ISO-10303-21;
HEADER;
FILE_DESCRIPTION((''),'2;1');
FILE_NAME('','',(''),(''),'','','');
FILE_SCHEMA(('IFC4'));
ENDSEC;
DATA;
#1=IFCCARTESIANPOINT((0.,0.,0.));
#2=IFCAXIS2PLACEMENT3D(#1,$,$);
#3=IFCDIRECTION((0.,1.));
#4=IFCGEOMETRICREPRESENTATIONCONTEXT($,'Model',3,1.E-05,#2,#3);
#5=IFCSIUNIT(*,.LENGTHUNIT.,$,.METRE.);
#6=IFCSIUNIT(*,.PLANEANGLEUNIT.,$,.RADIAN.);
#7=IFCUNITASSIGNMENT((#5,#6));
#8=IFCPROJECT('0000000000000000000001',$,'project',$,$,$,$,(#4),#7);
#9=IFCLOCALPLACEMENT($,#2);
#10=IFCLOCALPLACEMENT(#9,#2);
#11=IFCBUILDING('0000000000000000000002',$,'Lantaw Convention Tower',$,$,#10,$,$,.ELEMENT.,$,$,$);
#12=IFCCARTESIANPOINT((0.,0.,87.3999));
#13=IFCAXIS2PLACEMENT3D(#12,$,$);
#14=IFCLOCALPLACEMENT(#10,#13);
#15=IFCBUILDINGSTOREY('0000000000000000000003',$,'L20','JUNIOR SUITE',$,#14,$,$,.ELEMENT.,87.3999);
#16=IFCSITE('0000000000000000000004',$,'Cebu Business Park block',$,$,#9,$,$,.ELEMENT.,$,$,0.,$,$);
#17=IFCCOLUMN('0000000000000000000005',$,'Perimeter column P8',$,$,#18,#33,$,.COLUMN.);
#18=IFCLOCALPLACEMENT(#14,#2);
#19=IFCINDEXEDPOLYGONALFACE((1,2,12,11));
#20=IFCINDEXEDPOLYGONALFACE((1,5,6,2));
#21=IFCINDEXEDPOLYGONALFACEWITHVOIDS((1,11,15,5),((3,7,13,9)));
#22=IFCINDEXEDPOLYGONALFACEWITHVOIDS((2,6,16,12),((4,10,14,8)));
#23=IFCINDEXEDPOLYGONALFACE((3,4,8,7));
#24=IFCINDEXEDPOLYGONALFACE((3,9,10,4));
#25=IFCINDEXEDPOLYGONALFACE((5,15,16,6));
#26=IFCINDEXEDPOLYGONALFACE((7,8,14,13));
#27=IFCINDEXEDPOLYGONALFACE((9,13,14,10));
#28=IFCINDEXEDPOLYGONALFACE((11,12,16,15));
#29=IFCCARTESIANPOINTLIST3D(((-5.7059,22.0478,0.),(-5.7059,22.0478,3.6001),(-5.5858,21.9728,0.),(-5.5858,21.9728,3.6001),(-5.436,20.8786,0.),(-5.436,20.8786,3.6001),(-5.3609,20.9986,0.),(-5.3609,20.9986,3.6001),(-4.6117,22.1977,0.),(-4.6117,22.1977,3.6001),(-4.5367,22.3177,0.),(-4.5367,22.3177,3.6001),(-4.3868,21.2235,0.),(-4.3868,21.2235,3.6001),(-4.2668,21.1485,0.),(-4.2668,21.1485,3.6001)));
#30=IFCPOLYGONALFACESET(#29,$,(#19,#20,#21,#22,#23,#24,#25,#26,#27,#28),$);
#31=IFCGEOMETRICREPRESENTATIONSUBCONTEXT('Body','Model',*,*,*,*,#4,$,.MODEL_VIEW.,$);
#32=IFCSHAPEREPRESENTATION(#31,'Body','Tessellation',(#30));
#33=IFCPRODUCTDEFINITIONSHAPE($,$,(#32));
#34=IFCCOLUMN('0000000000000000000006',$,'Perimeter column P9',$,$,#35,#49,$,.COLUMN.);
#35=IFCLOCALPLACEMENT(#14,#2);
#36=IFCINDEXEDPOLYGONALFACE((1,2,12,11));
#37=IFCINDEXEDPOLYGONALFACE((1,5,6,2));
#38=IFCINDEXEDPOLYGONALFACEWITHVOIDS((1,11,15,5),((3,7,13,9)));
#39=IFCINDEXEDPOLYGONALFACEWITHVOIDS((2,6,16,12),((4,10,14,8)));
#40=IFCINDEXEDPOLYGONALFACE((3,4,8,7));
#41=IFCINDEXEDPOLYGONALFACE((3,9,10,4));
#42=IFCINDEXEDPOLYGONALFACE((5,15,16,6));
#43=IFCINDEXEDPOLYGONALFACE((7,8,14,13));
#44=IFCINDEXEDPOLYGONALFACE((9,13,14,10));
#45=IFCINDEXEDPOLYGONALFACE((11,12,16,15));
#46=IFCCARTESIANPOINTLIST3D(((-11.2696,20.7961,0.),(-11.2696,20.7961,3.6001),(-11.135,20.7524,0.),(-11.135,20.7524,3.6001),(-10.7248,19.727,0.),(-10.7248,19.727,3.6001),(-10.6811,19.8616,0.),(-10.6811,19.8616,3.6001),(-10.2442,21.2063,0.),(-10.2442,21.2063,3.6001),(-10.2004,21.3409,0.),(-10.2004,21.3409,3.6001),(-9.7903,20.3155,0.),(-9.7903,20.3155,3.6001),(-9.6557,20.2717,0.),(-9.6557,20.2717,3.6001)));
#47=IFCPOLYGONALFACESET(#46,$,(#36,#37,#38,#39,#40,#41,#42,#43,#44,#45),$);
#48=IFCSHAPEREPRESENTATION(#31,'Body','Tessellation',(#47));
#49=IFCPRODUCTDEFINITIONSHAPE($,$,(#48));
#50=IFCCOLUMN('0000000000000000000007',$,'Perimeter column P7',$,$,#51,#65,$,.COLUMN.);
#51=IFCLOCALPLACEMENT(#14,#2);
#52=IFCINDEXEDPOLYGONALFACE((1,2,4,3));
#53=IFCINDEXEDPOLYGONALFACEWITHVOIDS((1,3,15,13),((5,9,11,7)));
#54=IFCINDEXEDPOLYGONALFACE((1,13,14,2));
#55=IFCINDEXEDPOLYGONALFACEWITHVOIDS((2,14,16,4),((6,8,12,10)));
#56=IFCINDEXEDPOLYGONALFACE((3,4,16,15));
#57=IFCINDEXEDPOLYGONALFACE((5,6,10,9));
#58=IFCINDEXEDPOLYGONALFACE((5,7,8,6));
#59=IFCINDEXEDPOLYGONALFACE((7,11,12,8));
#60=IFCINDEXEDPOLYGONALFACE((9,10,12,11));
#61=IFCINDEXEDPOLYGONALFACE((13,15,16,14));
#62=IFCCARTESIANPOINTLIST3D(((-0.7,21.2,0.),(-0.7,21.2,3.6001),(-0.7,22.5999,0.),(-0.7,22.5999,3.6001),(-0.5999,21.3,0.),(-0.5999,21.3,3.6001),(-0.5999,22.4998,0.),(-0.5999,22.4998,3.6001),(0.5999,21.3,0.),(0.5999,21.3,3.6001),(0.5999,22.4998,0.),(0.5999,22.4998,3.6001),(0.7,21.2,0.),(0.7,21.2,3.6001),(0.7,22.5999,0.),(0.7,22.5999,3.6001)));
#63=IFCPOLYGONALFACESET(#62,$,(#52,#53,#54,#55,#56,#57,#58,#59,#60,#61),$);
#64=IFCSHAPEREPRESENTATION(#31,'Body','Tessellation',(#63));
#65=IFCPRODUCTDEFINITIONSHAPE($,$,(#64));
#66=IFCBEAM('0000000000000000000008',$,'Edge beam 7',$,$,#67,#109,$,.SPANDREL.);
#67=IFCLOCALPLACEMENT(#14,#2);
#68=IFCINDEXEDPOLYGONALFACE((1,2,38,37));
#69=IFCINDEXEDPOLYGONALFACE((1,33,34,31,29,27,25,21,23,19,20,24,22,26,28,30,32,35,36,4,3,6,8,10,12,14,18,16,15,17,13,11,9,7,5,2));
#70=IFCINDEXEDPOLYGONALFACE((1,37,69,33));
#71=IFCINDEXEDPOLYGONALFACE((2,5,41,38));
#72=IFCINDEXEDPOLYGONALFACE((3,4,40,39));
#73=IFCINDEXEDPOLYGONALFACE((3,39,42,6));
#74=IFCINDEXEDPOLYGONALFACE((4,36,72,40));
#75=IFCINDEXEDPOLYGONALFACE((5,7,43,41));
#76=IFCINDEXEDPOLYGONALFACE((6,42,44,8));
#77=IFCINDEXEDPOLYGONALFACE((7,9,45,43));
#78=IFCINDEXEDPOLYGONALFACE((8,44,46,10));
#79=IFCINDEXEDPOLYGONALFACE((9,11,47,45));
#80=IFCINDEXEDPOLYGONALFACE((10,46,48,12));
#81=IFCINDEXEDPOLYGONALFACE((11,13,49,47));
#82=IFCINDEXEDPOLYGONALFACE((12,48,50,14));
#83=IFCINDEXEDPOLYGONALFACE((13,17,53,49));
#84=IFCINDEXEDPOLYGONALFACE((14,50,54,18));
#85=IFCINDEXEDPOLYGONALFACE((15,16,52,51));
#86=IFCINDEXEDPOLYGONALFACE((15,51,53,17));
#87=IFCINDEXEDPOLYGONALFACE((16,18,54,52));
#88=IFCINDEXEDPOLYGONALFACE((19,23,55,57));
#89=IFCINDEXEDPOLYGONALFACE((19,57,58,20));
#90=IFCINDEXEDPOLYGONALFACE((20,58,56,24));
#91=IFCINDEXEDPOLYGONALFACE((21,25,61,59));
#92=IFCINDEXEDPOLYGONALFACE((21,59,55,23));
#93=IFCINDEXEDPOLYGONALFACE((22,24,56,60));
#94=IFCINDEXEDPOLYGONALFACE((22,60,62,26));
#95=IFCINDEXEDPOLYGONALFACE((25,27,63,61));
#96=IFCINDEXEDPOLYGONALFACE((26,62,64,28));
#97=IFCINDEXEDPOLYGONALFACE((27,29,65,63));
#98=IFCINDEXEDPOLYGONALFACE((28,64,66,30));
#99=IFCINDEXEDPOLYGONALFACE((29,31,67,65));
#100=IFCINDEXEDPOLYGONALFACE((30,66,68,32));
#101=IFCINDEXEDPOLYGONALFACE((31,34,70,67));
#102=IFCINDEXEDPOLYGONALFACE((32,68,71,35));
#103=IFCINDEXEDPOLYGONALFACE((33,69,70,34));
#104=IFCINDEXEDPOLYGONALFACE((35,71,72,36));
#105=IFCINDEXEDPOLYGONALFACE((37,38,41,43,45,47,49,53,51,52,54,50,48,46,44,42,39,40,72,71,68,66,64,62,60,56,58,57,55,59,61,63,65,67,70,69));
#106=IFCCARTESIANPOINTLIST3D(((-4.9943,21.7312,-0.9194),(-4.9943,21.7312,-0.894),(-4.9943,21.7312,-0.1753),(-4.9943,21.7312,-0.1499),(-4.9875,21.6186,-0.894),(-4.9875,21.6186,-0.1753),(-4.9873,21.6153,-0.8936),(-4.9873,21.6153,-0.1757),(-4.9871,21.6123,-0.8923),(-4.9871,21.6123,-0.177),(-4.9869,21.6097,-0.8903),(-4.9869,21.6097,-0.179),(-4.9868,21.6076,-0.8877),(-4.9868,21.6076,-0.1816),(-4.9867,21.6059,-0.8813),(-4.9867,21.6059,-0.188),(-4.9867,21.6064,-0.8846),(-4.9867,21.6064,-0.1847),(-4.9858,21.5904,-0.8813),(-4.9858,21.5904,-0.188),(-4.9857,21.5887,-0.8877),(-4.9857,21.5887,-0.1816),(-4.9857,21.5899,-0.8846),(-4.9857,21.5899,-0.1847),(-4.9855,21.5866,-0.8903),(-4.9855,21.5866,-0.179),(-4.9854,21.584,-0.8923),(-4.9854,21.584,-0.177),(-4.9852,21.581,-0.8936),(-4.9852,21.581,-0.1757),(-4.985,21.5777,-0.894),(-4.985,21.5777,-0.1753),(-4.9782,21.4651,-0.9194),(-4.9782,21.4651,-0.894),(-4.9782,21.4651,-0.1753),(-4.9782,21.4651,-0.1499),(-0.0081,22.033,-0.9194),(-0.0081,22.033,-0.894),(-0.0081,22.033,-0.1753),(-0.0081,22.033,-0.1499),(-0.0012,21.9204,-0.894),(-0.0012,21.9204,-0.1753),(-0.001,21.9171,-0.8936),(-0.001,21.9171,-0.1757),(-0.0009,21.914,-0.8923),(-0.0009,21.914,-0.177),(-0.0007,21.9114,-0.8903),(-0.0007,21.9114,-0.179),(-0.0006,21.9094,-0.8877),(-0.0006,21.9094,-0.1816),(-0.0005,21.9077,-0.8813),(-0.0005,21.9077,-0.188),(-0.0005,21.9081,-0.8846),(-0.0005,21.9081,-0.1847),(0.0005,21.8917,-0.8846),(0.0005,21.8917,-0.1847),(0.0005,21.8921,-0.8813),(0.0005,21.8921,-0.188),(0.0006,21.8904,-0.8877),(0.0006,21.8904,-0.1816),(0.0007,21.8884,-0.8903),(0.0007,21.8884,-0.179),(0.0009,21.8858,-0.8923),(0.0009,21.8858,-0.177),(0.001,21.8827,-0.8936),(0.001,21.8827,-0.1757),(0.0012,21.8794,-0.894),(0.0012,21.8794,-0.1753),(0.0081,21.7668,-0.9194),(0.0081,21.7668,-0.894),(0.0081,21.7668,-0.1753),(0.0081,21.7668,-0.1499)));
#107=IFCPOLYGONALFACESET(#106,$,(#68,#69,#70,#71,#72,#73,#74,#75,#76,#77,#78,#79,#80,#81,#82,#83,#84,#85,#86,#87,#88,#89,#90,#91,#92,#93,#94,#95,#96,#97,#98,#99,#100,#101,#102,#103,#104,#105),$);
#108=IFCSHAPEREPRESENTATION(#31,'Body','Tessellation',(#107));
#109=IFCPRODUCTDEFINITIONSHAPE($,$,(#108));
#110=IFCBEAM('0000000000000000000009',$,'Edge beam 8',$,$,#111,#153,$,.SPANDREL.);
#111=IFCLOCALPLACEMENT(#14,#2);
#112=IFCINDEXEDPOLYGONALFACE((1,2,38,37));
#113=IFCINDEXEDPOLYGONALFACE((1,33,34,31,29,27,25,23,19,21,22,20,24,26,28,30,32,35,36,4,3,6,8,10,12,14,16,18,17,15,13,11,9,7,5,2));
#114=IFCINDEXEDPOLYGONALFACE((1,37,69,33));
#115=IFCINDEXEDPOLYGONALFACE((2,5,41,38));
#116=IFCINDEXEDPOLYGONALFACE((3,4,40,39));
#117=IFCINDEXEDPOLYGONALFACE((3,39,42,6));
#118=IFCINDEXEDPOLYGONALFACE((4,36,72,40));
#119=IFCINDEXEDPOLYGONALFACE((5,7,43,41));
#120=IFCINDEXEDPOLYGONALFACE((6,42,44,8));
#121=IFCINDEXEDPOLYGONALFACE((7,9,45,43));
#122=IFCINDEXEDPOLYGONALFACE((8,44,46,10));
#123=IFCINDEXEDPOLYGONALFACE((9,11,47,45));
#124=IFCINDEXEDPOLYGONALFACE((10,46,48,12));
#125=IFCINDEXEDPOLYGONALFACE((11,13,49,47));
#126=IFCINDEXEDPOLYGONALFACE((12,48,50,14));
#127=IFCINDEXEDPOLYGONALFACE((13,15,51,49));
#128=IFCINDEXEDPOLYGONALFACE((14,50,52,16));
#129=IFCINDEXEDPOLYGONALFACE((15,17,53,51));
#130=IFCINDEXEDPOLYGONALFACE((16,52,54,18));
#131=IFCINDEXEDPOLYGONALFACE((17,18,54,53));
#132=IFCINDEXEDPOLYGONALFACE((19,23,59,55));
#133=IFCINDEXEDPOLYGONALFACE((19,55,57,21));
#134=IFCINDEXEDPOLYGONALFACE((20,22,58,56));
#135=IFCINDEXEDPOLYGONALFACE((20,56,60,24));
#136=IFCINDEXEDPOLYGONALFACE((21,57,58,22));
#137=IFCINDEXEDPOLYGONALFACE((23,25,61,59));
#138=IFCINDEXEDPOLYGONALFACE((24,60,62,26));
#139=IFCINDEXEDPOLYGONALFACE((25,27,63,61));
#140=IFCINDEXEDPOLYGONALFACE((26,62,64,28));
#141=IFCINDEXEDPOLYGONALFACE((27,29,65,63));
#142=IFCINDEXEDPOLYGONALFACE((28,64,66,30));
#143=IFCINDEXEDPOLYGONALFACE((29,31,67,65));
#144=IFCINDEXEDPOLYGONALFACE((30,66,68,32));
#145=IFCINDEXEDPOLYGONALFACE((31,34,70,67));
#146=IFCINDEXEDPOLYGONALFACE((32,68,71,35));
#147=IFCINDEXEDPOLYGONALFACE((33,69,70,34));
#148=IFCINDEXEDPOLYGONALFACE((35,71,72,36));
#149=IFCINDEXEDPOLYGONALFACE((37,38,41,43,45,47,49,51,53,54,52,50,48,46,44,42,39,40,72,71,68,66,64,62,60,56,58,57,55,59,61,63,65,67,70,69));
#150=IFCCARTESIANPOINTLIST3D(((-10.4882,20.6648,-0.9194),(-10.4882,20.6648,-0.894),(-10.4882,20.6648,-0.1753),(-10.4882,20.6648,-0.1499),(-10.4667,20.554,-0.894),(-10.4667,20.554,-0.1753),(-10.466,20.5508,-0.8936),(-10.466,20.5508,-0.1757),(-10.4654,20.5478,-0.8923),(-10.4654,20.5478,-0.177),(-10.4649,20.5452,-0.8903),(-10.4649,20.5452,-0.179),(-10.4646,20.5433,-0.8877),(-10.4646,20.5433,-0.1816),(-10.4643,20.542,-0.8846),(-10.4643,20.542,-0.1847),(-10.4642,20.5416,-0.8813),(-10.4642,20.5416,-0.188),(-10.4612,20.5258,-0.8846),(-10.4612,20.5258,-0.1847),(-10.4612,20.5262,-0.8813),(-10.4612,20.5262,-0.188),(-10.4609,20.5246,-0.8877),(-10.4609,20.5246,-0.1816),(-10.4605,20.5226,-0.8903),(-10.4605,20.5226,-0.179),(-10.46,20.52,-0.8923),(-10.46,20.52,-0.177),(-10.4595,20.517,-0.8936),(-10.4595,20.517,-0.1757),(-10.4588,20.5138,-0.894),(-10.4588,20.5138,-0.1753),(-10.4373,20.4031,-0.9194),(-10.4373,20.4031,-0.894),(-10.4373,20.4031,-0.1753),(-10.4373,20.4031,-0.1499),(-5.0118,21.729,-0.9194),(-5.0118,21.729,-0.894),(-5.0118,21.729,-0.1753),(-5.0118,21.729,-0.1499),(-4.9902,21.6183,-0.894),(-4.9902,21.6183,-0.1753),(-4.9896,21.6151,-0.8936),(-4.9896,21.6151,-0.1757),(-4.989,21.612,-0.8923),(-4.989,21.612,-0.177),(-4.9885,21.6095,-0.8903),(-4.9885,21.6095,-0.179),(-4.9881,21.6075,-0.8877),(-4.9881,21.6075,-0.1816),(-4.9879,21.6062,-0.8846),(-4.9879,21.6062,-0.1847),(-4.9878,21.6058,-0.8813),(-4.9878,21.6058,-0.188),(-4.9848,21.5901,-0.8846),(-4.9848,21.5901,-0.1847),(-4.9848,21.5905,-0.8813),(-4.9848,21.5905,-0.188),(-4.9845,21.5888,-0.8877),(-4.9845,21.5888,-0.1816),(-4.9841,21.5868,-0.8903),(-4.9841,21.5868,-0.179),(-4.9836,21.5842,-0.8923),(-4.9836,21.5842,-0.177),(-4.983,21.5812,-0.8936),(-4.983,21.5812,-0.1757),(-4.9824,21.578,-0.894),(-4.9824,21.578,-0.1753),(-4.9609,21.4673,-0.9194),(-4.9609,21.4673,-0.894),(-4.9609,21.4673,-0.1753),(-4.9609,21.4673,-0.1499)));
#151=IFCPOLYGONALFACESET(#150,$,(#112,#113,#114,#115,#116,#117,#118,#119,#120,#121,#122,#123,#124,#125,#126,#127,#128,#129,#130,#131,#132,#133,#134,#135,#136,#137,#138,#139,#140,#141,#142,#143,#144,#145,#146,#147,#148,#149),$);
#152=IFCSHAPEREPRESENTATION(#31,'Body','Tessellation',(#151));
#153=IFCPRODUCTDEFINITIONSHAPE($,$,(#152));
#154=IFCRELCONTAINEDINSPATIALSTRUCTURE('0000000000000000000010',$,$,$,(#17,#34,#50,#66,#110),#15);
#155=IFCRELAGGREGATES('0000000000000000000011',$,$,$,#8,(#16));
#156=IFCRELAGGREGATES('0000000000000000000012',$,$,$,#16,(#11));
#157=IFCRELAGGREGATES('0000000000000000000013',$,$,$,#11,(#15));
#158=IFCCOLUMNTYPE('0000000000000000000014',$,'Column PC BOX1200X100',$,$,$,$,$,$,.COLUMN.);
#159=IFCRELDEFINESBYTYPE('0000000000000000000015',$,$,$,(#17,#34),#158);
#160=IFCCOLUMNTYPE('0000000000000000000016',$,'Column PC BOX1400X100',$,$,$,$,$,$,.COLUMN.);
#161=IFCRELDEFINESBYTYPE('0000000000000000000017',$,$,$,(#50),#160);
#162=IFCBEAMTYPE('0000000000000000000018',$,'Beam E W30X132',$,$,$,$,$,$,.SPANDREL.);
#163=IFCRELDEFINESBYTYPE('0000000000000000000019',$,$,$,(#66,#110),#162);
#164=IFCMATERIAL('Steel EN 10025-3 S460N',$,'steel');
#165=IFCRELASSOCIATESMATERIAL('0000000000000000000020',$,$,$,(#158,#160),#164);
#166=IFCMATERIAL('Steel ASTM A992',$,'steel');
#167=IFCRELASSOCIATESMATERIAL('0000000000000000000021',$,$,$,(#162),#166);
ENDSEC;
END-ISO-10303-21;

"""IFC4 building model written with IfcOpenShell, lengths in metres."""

from ifc_helpers import new_model, si_unit, direction, frame, origin, origin_2d, place, context, subcontext, project, spatial, rectangle, hollow_rectangle, i_section, extrude, material, material_profile, profile_set, type_object, element, save


model = new_model("IFC4")

# Units and contexts
model_context = context("Model", 3, precision=1e-05, world=origin(), true_north=direction((0.0, 1.0)))
body_context = subcontext(model_context, "Body", "Model", "MODEL_VIEW")
ifc_project = project(units=[si_unit("LENGTHUNIT", "METRE"), si_unit("PLANEANGLEUNIT", "RADIAN")], contexts=[model_context])

# Site, building, storey
site_placement = place(None, origin())
site = spatial("IfcSite", under=ifc_project, at=site_placement, Name="Cebu Business Park block", CompositionType="ELEMENT", RefElevation=0.0)
building_placement = place(site_placement, origin())
building = spatial("IfcBuilding", under=site, at=building_placement, Name="Lantaw Convention Tower", CompositionType="ELEMENT")
storey_placement = place(building_placement, frame((0.0, 0.0, 87.3999)))
storey = spatial("IfcBuildingStorey", under=building, at=storey_placement, Name="L20", Description="JUNIOR SUITE", CompositionType="ELEMENT", Elevation=87.3999)

# Columns
ifc_material_1 = material(Name="Steel EN 10025-3 S460N", Category="steel")
ifc_material_profile_1 = material_profile(ifc_material_1, hollow_rectangle(XDim=1.2, YDim=1.2, WallThickness=0.1001, at=origin_2d()), Name="BOX1200X100")
ifc_material_2 = material(Name="Concrete C60/75", Category="concrete")
ifc_material_profile_2 = material_profile(ifc_material_2, rectangle(XDim=1.0, YDim=1.0, at=origin_2d()), Name="Concrete fill of BOX1200X100")
ifc_profile_set_1 = profile_set([ifc_material_profile_1, ifc_material_profile_2], Name="Steel EN 10025-3 S460N")
column_type_1 = type_object("IfcColumnType", Name="Column PC BOX1200X100", PredefinedType="COLUMN", material=ifc_profile_set_1)
for number, where, z_axis, x_axis, name in (
    (1, (-4.9863, 21.5981, 0.0), (0.0, 0.0, 1.0), (0.97437, 0.224951, 0.0), "Perimeter column P8"),
    (2, (-10.4626, 20.5339, 0.0), (0.0, 0.0, 1.0), (0.891007, 0.45399, 0.0), "Perimeter column P9"),
):
    element("IfcColumn", number, at=place(storey_placement, frame(where, z_axis=z_axis, x_axis=x_axis)), inside=storey, type_object=column_type_1, Name=name, PredefinedType="COLUMN", context=body_context, shape_type="SweptSolid", body=[
        extrude(hollow_rectangle(XDim=1.2, YDim=1.2, WallThickness=0.1001, at=origin_2d()), origin(), (0.0, 0.0, 1.0), 3.6001),
    ])
ifc_material_profile_3 = material_profile(ifc_material_1, hollow_rectangle(XDim=1.3999, YDim=1.3999, WallThickness=0.1001, at=origin_2d()), Name="BOX1400X100")
ifc_material_profile_4 = material_profile(ifc_material_2, rectangle(XDim=1.2, YDim=1.2, at=origin_2d()), Name="Concrete fill of BOX1400X100")
ifc_profile_set_2 = profile_set([ifc_material_profile_3, ifc_material_profile_4], Name="Steel EN 10025-3 S460N")
column_type_2 = type_object("IfcColumnType", Name="Column PC BOX1400X100", PredefinedType="COLUMN", material=ifc_profile_set_2)
column_placement = place(storey_placement, frame((0.0, 21.8999, 0.0), z_axis=(0.0, 0.0, 1.0), x_axis=(1.0, 0.0, 0.0)))
element("IfcColumn", 3, at=column_placement, inside=storey, type_object=column_type_2, Name="Perimeter column P7", PredefinedType="COLUMN", context=body_context, shape_type="SweptSolid", body=[
    extrude(hollow_rectangle(XDim=1.3999, YDim=1.3999, WallThickness=0.1001, at=origin_2d()), origin(), (0.0, 0.0, 1.0), 3.6001),
])

# Beams
ifc_material_3 = material(Name="Steel ASTM A992", Category="steel")
ifc_material_profile_5 = material_profile(ifc_material_3, i_section(OverallWidth=0.2666, OverallDepth=0.7695, WebThickness=0.0156, FlangeThickness=0.0254, FilletRadius=0.0127, at=origin_2d()), Name="W30X132")
ifc_profile_set_3 = profile_set([ifc_material_profile_5], Name="Steel ASTM A992")
beam_type = type_object("IfcBeamType", Name="Beam E W30X132", PredefinedType="SPANDREL", material=ifc_profile_set_3)
beam_1_placement = place(storey_placement, frame((0.0, 21.8999, -0.5347), z_axis=(-0.998174, -0.060407, 0.0), x_axis=(0.060407, -0.998174, 0.0)))
element("IfcBeam", 4, at=beam_1_placement, inside=storey, type_object=beam_type, Name="Edge beam 7", PredefinedType="SPANDREL", context=body_context, shape_type="SweptSolid", body=[
    extrude(i_section(OverallWidth=0.2666, OverallDepth=0.7695, WebThickness=0.0156, FlangeThickness=0.0254, FilletRadius=0.0127, at=origin_2d()), origin(), (0.0, 0.0, 1.0), 4.9954),
])
beam_2_placement = place(storey_placement, frame((-4.9863, 21.5981, -0.5347), z_axis=(-0.981637, -0.190761, 0.0), x_axis=(0.190761, -0.981637, 0.0)))
element("IfcBeam", 5, at=beam_2_placement, inside=storey, type_object=beam_type, Name="Edge beam 8", PredefinedType="SPANDREL", context=body_context, shape_type="SweptSolid", body=[
    extrude(i_section(OverallWidth=0.2666, OverallDepth=0.7695, WebThickness=0.0156, FlangeThickness=0.0254, FilletRadius=0.0127, at=origin_2d()), origin(), (0.0, 0.0, 1.0), 5.5789),
])

save(model, "model.ifc")
